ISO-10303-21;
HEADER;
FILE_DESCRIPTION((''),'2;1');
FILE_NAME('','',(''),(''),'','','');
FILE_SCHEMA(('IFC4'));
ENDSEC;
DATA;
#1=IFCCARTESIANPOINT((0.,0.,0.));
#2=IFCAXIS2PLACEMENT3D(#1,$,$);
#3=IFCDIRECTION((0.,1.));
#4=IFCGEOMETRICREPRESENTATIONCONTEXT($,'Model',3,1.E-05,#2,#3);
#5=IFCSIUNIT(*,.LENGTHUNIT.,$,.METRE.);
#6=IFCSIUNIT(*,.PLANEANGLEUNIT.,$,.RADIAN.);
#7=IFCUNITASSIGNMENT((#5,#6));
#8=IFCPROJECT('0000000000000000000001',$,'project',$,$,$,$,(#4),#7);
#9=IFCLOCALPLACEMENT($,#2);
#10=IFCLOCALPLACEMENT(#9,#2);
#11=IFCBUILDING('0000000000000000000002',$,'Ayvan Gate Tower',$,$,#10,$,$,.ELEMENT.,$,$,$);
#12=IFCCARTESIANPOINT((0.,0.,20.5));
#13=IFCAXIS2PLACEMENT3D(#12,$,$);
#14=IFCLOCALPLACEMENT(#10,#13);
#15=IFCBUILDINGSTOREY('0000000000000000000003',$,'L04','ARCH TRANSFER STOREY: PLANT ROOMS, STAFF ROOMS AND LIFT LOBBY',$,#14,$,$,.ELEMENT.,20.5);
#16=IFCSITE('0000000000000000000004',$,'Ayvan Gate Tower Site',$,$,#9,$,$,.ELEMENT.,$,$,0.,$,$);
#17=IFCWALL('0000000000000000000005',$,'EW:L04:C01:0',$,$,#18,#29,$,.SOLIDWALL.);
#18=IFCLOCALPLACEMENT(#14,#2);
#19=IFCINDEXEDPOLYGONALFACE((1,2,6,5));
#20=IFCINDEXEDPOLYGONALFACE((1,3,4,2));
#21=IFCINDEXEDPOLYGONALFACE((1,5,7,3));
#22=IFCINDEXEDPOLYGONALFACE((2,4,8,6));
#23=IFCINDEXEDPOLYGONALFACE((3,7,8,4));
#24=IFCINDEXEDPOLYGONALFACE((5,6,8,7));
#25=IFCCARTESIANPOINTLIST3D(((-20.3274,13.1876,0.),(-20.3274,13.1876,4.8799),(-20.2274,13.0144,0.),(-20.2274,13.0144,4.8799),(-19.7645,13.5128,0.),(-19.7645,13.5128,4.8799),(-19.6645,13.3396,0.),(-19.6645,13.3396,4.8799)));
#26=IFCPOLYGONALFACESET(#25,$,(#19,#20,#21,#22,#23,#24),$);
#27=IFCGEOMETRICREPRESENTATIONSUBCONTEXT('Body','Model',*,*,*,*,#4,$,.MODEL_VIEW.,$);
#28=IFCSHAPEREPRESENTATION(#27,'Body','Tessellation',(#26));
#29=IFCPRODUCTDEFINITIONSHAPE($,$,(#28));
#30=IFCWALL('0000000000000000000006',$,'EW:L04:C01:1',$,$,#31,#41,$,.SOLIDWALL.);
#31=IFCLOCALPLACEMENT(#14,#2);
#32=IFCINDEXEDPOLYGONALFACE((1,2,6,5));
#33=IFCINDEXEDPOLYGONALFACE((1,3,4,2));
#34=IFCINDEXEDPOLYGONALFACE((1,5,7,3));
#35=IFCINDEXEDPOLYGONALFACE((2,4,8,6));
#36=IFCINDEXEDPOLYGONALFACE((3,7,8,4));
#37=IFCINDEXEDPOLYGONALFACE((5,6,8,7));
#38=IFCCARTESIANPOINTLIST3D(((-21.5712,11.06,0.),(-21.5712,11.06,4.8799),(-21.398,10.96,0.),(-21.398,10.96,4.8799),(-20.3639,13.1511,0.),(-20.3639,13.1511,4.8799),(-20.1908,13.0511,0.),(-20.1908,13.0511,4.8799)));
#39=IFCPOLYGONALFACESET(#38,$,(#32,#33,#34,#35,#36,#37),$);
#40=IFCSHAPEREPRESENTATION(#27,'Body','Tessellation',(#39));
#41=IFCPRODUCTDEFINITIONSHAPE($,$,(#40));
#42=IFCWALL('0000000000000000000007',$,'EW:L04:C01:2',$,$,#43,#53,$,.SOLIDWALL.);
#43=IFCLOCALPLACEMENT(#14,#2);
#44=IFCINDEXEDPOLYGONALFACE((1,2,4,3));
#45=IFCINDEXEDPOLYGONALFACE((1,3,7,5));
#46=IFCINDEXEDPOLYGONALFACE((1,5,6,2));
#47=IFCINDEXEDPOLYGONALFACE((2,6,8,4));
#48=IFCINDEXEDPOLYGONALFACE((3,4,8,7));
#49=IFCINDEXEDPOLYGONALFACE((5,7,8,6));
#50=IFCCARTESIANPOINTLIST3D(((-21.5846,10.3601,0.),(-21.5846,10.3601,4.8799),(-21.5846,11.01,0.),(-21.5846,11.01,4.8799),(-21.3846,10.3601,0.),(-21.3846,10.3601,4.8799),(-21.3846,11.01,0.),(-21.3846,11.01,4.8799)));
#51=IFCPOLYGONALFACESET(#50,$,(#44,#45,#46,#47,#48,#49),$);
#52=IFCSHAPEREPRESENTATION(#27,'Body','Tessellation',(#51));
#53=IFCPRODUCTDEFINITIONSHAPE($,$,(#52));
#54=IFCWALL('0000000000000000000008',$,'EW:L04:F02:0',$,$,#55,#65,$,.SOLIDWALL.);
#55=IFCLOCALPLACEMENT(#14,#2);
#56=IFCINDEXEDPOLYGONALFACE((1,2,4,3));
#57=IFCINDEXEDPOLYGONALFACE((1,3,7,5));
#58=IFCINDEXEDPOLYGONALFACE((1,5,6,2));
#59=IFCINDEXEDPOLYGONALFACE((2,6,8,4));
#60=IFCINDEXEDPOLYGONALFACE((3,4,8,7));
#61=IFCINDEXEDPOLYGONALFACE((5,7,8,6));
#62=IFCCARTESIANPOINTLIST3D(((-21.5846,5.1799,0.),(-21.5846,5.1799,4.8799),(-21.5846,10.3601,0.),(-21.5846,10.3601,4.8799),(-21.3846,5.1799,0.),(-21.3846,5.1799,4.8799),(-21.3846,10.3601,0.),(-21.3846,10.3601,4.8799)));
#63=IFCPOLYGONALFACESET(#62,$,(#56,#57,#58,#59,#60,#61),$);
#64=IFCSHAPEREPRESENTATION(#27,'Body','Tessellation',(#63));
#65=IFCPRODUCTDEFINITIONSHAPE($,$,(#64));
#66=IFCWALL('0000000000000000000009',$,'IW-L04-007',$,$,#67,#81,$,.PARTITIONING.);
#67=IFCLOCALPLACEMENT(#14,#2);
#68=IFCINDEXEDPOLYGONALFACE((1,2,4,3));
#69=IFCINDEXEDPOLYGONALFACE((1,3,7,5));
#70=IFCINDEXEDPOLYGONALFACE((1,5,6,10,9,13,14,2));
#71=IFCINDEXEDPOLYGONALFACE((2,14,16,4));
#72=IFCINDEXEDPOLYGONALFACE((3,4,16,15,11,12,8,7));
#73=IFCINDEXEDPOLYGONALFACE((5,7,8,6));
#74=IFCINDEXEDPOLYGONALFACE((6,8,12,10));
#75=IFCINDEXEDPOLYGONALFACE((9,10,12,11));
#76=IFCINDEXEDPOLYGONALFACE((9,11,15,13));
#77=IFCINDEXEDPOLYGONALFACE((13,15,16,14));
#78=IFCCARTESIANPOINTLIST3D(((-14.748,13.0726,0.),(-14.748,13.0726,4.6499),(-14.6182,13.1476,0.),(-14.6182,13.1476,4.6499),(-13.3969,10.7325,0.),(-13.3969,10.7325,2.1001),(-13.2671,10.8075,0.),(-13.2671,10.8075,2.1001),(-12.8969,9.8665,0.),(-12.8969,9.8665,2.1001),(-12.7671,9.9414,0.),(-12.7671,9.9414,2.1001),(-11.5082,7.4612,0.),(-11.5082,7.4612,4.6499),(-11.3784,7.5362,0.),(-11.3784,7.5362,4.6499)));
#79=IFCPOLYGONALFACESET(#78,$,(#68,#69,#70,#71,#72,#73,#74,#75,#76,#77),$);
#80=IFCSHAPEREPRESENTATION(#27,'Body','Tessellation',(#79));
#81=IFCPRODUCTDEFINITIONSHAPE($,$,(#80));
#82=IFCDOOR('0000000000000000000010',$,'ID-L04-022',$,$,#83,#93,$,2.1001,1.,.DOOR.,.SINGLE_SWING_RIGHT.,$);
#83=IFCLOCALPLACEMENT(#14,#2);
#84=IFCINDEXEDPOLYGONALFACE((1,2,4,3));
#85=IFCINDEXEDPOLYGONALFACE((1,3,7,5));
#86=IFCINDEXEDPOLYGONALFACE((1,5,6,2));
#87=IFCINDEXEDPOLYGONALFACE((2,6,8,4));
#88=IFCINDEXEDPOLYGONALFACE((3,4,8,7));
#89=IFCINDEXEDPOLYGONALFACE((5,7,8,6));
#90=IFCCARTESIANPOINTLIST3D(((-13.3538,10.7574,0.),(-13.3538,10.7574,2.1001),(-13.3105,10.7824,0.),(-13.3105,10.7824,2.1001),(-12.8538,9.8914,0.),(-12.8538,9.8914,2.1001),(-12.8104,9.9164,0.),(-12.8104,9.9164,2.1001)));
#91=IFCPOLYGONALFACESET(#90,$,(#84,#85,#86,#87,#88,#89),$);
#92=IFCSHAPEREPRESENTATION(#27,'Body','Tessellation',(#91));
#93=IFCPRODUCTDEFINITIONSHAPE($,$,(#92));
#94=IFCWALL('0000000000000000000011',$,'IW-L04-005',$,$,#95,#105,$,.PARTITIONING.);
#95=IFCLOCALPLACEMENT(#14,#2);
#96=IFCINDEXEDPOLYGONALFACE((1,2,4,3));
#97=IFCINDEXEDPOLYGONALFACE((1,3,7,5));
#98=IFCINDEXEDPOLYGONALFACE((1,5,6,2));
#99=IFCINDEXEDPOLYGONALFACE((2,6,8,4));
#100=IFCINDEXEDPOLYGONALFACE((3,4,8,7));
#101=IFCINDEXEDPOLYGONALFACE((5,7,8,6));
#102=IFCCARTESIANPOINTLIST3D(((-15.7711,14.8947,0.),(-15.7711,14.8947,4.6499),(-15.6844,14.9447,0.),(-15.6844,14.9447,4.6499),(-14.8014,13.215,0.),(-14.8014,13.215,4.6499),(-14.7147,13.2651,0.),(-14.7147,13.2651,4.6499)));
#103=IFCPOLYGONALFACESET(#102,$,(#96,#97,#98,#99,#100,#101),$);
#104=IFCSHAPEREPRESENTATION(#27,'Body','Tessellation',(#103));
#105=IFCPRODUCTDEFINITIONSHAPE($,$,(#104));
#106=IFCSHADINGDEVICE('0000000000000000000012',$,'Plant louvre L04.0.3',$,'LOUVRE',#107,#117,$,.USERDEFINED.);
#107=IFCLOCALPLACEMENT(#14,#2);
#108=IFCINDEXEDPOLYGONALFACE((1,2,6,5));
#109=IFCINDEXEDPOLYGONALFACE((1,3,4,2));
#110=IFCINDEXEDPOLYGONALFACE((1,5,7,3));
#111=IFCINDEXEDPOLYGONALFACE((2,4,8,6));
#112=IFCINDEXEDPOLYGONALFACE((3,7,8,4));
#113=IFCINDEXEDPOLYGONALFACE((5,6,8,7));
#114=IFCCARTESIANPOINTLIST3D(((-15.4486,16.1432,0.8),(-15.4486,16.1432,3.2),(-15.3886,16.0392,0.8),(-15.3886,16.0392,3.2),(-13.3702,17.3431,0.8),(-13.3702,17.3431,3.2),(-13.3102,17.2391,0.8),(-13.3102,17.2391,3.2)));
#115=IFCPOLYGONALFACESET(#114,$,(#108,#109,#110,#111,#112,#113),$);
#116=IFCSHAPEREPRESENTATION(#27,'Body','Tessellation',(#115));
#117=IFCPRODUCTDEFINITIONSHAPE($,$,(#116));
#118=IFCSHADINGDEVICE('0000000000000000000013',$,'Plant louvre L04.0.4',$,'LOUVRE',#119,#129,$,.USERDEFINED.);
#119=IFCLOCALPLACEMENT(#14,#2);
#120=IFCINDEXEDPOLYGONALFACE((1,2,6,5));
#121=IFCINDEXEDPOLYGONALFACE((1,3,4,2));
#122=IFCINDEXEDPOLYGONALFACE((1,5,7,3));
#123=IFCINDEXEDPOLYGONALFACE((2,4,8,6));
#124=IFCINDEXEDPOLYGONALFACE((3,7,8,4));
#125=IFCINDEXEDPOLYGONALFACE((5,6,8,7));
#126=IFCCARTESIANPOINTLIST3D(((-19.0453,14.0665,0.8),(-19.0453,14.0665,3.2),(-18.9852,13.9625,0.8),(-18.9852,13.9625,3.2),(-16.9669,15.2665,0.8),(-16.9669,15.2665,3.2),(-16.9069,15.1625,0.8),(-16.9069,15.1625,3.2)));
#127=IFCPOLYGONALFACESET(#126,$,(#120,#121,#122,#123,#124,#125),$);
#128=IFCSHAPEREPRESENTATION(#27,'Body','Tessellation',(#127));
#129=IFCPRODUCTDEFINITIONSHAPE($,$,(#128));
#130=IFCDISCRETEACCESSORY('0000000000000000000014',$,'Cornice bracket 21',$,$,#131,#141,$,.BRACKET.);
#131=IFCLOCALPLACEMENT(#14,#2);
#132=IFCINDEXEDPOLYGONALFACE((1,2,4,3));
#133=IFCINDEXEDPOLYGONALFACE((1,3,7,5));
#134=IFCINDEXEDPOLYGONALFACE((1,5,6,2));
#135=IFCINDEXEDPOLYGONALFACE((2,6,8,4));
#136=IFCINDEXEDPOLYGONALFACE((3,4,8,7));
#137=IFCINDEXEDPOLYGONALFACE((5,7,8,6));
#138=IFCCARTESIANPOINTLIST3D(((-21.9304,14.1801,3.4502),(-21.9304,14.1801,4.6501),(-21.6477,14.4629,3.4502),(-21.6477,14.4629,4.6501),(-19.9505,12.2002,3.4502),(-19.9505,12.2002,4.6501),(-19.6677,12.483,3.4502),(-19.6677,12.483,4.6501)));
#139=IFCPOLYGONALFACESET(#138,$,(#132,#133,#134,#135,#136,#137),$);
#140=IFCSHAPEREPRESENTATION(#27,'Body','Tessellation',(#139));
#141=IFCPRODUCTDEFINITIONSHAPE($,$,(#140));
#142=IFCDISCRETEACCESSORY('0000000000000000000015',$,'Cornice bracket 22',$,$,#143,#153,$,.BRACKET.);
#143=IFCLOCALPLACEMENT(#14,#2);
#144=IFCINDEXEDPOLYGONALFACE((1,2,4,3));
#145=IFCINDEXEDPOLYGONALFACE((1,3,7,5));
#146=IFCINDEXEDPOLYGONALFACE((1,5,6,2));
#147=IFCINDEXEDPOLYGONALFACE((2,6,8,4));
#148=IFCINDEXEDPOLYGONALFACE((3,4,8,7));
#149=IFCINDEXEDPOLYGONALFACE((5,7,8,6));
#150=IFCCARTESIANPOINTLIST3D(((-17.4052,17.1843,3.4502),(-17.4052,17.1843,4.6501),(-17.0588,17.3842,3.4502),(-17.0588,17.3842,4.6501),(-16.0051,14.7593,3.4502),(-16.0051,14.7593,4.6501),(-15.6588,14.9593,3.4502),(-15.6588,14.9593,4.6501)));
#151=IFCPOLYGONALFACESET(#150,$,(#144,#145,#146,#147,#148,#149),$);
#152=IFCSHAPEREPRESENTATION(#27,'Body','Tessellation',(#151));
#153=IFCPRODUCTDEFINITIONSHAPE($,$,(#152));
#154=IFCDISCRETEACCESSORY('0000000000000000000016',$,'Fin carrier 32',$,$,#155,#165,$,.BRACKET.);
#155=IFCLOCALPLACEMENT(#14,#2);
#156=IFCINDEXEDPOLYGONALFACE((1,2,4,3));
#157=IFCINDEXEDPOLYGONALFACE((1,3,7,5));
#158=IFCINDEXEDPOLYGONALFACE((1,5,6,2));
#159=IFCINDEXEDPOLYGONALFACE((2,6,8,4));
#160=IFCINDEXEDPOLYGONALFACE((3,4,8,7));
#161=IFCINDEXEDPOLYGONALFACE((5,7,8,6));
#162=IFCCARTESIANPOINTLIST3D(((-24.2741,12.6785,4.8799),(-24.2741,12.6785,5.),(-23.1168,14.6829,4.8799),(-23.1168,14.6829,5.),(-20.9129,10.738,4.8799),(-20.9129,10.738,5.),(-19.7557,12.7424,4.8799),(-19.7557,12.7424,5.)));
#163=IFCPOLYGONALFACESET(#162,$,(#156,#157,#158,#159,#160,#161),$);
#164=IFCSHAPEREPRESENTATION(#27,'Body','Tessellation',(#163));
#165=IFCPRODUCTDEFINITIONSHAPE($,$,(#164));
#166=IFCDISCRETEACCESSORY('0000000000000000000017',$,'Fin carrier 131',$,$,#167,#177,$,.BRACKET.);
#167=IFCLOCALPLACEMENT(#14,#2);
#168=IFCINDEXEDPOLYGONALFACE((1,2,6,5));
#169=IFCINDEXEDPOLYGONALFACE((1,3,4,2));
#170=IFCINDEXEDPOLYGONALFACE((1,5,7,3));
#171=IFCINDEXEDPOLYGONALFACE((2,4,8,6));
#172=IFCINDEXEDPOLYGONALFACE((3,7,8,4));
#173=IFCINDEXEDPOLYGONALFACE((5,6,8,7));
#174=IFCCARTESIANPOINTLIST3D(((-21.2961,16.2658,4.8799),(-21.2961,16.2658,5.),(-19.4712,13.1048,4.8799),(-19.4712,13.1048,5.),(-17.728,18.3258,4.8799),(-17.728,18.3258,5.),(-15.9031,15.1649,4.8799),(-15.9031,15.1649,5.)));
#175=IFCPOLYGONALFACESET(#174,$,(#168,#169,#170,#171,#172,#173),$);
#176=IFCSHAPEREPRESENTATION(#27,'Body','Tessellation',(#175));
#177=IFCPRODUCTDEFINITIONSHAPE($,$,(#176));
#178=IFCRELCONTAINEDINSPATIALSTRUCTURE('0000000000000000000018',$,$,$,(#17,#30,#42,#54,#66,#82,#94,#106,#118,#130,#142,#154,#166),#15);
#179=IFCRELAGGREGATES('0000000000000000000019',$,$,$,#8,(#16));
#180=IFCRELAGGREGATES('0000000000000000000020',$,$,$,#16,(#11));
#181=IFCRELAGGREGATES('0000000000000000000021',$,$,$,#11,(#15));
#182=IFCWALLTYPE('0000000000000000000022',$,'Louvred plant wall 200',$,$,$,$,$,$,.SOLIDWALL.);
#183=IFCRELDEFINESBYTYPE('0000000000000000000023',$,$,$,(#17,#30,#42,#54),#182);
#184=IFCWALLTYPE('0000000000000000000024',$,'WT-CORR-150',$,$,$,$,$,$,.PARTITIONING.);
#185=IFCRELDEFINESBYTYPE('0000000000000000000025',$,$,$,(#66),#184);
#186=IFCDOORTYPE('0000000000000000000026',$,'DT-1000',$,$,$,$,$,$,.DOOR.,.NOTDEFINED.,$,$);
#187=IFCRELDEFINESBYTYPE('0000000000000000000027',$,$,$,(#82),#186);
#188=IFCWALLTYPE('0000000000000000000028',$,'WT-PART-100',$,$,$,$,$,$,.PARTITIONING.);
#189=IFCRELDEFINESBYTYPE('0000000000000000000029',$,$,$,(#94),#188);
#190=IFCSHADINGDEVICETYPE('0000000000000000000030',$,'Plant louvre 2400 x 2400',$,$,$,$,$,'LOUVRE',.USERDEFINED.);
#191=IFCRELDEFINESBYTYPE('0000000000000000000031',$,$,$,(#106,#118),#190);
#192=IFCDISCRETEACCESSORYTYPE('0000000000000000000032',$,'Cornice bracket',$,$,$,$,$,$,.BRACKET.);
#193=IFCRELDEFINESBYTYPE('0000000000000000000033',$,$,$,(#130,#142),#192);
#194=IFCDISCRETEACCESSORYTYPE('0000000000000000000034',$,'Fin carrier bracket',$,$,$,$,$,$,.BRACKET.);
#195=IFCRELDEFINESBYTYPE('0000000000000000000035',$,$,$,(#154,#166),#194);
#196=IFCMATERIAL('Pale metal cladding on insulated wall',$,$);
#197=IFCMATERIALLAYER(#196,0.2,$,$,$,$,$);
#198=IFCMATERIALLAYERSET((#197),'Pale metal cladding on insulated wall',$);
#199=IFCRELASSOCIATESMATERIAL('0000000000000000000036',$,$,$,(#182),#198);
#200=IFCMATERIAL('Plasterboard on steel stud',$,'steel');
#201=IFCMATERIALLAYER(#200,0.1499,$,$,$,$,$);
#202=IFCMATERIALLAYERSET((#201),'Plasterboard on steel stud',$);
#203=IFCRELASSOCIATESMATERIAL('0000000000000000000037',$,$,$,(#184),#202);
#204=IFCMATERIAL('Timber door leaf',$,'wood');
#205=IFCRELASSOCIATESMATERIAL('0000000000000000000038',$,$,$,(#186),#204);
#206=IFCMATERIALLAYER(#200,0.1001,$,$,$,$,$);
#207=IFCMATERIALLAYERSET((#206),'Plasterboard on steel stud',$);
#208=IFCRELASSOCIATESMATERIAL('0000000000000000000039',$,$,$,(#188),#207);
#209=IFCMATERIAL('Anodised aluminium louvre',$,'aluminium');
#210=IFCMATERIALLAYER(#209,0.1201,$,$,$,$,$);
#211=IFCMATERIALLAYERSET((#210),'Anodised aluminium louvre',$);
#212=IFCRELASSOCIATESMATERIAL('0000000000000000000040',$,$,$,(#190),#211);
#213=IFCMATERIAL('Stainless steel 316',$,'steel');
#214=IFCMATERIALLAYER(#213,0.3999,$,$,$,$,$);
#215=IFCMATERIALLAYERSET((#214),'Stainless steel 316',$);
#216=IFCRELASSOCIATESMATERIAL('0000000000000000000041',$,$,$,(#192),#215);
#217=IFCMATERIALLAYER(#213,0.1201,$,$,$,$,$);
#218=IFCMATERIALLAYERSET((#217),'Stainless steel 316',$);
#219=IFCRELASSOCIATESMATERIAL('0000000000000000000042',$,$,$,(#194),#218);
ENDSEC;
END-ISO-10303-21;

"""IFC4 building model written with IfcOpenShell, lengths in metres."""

from ifc_helpers import new_model, si_unit, direction, frame, frame_2d, origin, origin_2d, place, context, subcontext, project, spatial, rectangle, extrude, material, layer, layer_set, type_object, element, fill, save


model = new_model("IFC4")

# Units and contexts
model_context = context("Model", 3, precision=1e-05, world=origin(), true_north=direction((0.0, 1.0)))
body_context = subcontext(model_context, "Body", "Model", "MODEL_VIEW")
ifc_project = project(units=[si_unit("LENGTHUNIT", "METRE"), si_unit("PLANEANGLEUNIT", "RADIAN")], contexts=[model_context])

# Site, building, storey
site_placement = place(None, origin())
site = spatial("IfcSite", under=ifc_project, at=site_placement, Name="Ayvan Gate Tower Site", CompositionType="ELEMENT", RefElevation=0.0)
building_placement = place(site_placement, origin())
building = spatial("IfcBuilding", under=site, at=building_placement, Name="Ayvan Gate Tower", CompositionType="ELEMENT")
storey_placement = place(building_placement, frame((0.0, 0.0, 20.5)))
storey = spatial("IfcBuildingStorey", under=building, at=storey_placement, Name="L04", Description="ARCH TRANSFER STOREY: PLANT ROOMS, STAFF ROOMS AND LIFT LOBBY", CompositionType="ELEMENT", Elevation=20.5)

# Shared definitions
ifc_material_1 = material(Name="Pale metal cladding on insulated wall")
ifc_layer_1 = layer(ifc_material_1, 0.2)
ifc_layer_set_1 = layer_set([ifc_layer_1], Name="Pale metal cladding on insulated wall")
wall_type_1 = type_object("IfcWallType", Name="Louvred plant wall 200", PredefinedType="SOLIDWALL", material=ifc_layer_set_1)
ifc_material_2 = material(Name="Anodised aluminium louvre", Category="aluminium")

# Walls
wall_1_placement = place(storey_placement, frame((-19.7144, 13.4263, 0.0), z_axis=(0.0, 0.0, 1.0), x_axis=(-0.865923, -0.500177, 0.0)))
element("IfcWall", 1, at=wall_1_placement, inside=storey, type_object=wall_type_1, Name="EW:L04:C01:0", PredefinedType="SOLIDWALL", context=body_context, shape_type="SweptSolid", body=[
    extrude(rectangle(XDim=0.6501, YDim=0.2, at=frame_2d((0.3252, 0.0))), origin(), (0.0, 0.0, 1.0), 4.8799),
])
wall_2_placement = place(storey_placement, frame((-20.2773, 13.1011, 0.0), z_axis=(0.0, 0.0, 1.0), x_axis=(-0.5, -0.866026, 0.0)))
element("IfcWall", 2, at=wall_2_placement, inside=storey, type_object=wall_type_1, Name="EW:L04:C01:1", PredefinedType="SOLIDWALL", context=body_context, shape_type="SweptSolid", body=[
    extrude(rectangle(XDim=2.4146, YDim=0.2, at=frame_2d((1.2073, 0.0))), origin(), (0.0, 0.0, 1.0), 4.8799),
])
wall_3_placement = place(storey_placement, frame((-21.4846, 11.01, 0.0), z_axis=(0.0, 0.0, 1.0), x_axis=(0.0, -1.0, 0.0)))
element("IfcWall", 3, at=wall_3_placement, inside=storey, type_object=wall_type_1, Name="EW:L04:C01:2", PredefinedType="SOLIDWALL", context=body_context, shape_type="SweptSolid", body=[
    extrude(rectangle(XDim=0.6499, YDim=0.2, at=frame_2d((0.325, 0.0))), origin(), (0.0, 0.0, 1.0), 4.8799),
])
wall_4_placement = place(storey_placement, frame((-21.4846, 10.3601, 0.0), z_axis=(0.0, 0.0, 1.0), x_axis=(0.0, -1.0, 0.0)))
element("IfcWall", 4, at=wall_4_placement, inside=storey, type_object=wall_type_1, Name="EW:L04:F02:0", PredefinedType="SOLIDWALL", context=body_context, shape_type="SweptSolid", body=[
    extrude(rectangle(XDim=5.1802, YDim=0.2, at=frame_2d((2.5901, 0.0))), origin(), (0.0, 0.0, 1.0), 4.8799),
])

# Wall, opening, door
ifc_material_3 = material(Name="Plasterboard on steel stud", Category="steel")
ifc_layer_2 = layer(ifc_material_3, 0.1499)
ifc_layer_set_2 = layer_set([ifc_layer_2], Name="Plasterboard on steel stud")
wall_type_2 = type_object("IfcWallType", Name="WT-CORR-150", PredefinedType="PARTITIONING", material=ifc_layer_set_2)
wall_5_placement = place(storey_placement, frame((-14.6831, 13.1101, 0.0), z_axis=(0.0, 0.0, 1.0), x_axis=(0.500005, -0.866022, 0.0)))
wall_5 = element("IfcWall", 5, at=wall_5_placement, inside=storey, type_object=wall_type_2, Name="IW-L04-007", PredefinedType="PARTITIONING", context=body_context, shape_type="SweptSolid", body=[
    extrude(rectangle(XDim=6.4795, YDim=0.1499, at=frame_2d((3.2397, 0.0))), origin(), (0.0, 0.0, 1.0), 4.6499),
])
opening_1_placement = place(wall_5_placement, frame((2.7021, 0.0, 0.0)))
opening_1 = element("IfcOpeningElement", 6, at=opening_1_placement, cuts=wall_5, PredefinedType="OPENING", context=body_context, shape_type="SweptSolid", body=[
    extrude(rectangle(XDim=1.0, YDim=2.1001, at=frame_2d((0.5, 1.05))), frame((0.0, 0.085, 0.0), z_axis=(0.0, -1.0, 0.0), x_axis=(1.0, 0.0, 0.0)), (0.0, 0.0, 1.0), 0.1699),
])
ifc_material_4 = material(Name="Timber door leaf", Category="wood")
door_type = type_object("IfcDoorType", Name="DT-1000", OperationType="NOTDEFINED", PredefinedType="DOOR", material=ifc_material_4)
door_placement = place(opening_1_placement, origin())
door = element("IfcDoor", 7, at=door_placement, inside=storey, type_object=door_type, Name="ID-L04-022", OperationType="SINGLE_SWING_RIGHT", OverallHeight=2.1001, OverallWidth=1.0, PredefinedType="DOOR", context=body_context, shape_type="SweptSolid", body=[
    extrude(rectangle(XDim=1.0, YDim=2.1001, at=frame_2d((0.5, 1.05))), frame((0.0, 0.0249, 0.0), z_axis=(0.0, -1.0, 0.0), x_axis=(1.0, 0.0, 0.0)), (0.0, 0.0, 1.0), 0.05),
])
fill(opening_1, door)

# Wall
ifc_layer_3 = layer(ifc_material_3, 0.1001)
ifc_layer_set_3 = layer_set([ifc_layer_3], Name="Plasterboard on steel stud")
wall_type_3 = type_object("IfcWallType", Name="WT-PART-100", PredefinedType="PARTITIONING", material=ifc_layer_set_3)
wall_6_placement = place(storey_placement, frame((-15.7278, 14.9197, 0.0), z_axis=(0.0, 0.0, 1.0), x_axis=(0.499984, -0.866035, 0.0)))
element("IfcWall", 8, at=wall_6_placement, inside=storey, type_object=wall_type_3, Name="IW-L04-005", PredefinedType="PARTITIONING", context=body_context, shape_type="SweptSolid", body=[
    extrude(rectangle(XDim=1.9395, YDim=0.1001, at=frame_2d((0.9697, 0.0))), origin(), (0.0, 0.0, 1.0), 4.6499),
])

# Shading devices
ifc_layer_4 = layer(ifc_material_2, 0.1201)
ifc_layer_set_4 = layer_set([ifc_layer_4], Name="Anodised aluminium louvre")
shading_device_type_1 = type_object("IfcShadingDeviceType", Name="Plant louvre 2400 x 2400", ElementType="LOUVRE", PredefinedType="USERDEFINED", material=ifc_layer_set_4)
for number, where, z_axis, x_axis, name in (
    (9, (-14.3794, 16.6912, 0.8), (0.0, 0.0, 1.0), (-0.866025, -0.5, 0.0), "Plant louvre L04.0.3"),
    (10, (-17.9761, 14.6145, 0.8), (0.0, 0.0, 1.0), (-0.866025, -0.5, 0.0), "Plant louvre L04.0.4"),
):
    element("IfcShadingDevice", number, at=place(storey_placement, frame(where, z_axis=z_axis, x_axis=x_axis)), inside=storey, type_object=shading_device_type_1, Name=name, ObjectType="LOUVRE", PredefinedType="USERDEFINED", context=body_context, shape_type="SweptSolid", body=[
        extrude(rectangle(XDim=2.3999, YDim=0.1201, at=origin_2d()), origin(), (0.0, 0.0, 1.0), 2.3999),
    ])

# Discrete accessories
ifc_material_5 = material(Name="Stainless steel 316", Category="steel")
ifc_layer_5 = layer(ifc_material_5, 0.3999)
ifc_layer_set_5 = layer_set([ifc_layer_5], Name="Stainless steel 316")
discrete_accessory_type_1 = type_object("IfcDiscreteAccessoryType", Name="Cornice bracket", PredefinedType="BRACKET", material=ifc_layer_set_5)
for number, where, z_axis, x_axis, name in (
    (11, (-20.7991, 13.3315, 3.4502), (0.0, 0.0, 1.0), (-0.707107, 0.707107, 0.0), "Cornice bracket 21"),
    (12, (-16.532, 16.0718, 3.4502), (0.0, 0.0, 1.0), (-0.5, 0.866025, 0.0), "Cornice bracket 22"),
):
    element("IfcDiscreteAccessory", number, at=place(storey_placement, frame(where, z_axis=z_axis, x_axis=x_axis)), inside=storey, type_object=discrete_accessory_type_1, Name=name, PredefinedType="BRACKET", context=body_context, shape_type="SweptSolid", body=[
        extrude(rectangle(XDim=2.8, YDim=0.3999, at=origin_2d()), origin(), (0.0, 0.0, 1.0), 1.2),
    ])
ifc_layer_6 = layer(ifc_material_5, 0.1201)
ifc_layer_set_6 = layer_set([ifc_layer_6], Name="Stainless steel 316")
discrete_accessory_type_2 = type_object("IfcDiscreteAccessoryType", Name="Fin carrier bracket", PredefinedType="BRACKET", material=ifc_layer_set_6)
discrete_accessory_1_placement = place(storey_placement, frame((-22.0149, 12.7104, 4.8799), z_axis=(0.0, 0.0, 1.0), x_axis=(-0.5, -0.866025, 0.0)))
element("IfcDiscreteAccessory", 13, at=discrete_accessory_1_placement, inside=storey, type_object=discrete_accessory_type_2, Name="Fin carrier 32", PredefinedType="BRACKET", context=body_context, shape_type="SweptSolid", body=[
    extrude(rectangle(XDim=2.3145, YDim=3.8811, at=origin_2d()), origin(), (0.0, 0.0, 1.0), 0.1201),
])
discrete_accessory_2_placement = place(storey_placement, frame((-18.5996, 15.7153, 4.8799), z_axis=(0.0, 0.0, 1.0), x_axis=(-0.866025, -0.5, 0.0)))
element("IfcDiscreteAccessory", 14, at=discrete_accessory_2_placement, inside=storey, type_object=discrete_accessory_type_2, Name="Fin carrier 131", PredefinedType="BRACKET", context=body_context, shape_type="SweptSolid", body=[
    extrude(rectangle(XDim=4.1201, YDim=3.6499, at=origin_2d()), origin(), (0.0, 0.0, 1.0), 0.1201),
])

save(model, "model.ifc")
